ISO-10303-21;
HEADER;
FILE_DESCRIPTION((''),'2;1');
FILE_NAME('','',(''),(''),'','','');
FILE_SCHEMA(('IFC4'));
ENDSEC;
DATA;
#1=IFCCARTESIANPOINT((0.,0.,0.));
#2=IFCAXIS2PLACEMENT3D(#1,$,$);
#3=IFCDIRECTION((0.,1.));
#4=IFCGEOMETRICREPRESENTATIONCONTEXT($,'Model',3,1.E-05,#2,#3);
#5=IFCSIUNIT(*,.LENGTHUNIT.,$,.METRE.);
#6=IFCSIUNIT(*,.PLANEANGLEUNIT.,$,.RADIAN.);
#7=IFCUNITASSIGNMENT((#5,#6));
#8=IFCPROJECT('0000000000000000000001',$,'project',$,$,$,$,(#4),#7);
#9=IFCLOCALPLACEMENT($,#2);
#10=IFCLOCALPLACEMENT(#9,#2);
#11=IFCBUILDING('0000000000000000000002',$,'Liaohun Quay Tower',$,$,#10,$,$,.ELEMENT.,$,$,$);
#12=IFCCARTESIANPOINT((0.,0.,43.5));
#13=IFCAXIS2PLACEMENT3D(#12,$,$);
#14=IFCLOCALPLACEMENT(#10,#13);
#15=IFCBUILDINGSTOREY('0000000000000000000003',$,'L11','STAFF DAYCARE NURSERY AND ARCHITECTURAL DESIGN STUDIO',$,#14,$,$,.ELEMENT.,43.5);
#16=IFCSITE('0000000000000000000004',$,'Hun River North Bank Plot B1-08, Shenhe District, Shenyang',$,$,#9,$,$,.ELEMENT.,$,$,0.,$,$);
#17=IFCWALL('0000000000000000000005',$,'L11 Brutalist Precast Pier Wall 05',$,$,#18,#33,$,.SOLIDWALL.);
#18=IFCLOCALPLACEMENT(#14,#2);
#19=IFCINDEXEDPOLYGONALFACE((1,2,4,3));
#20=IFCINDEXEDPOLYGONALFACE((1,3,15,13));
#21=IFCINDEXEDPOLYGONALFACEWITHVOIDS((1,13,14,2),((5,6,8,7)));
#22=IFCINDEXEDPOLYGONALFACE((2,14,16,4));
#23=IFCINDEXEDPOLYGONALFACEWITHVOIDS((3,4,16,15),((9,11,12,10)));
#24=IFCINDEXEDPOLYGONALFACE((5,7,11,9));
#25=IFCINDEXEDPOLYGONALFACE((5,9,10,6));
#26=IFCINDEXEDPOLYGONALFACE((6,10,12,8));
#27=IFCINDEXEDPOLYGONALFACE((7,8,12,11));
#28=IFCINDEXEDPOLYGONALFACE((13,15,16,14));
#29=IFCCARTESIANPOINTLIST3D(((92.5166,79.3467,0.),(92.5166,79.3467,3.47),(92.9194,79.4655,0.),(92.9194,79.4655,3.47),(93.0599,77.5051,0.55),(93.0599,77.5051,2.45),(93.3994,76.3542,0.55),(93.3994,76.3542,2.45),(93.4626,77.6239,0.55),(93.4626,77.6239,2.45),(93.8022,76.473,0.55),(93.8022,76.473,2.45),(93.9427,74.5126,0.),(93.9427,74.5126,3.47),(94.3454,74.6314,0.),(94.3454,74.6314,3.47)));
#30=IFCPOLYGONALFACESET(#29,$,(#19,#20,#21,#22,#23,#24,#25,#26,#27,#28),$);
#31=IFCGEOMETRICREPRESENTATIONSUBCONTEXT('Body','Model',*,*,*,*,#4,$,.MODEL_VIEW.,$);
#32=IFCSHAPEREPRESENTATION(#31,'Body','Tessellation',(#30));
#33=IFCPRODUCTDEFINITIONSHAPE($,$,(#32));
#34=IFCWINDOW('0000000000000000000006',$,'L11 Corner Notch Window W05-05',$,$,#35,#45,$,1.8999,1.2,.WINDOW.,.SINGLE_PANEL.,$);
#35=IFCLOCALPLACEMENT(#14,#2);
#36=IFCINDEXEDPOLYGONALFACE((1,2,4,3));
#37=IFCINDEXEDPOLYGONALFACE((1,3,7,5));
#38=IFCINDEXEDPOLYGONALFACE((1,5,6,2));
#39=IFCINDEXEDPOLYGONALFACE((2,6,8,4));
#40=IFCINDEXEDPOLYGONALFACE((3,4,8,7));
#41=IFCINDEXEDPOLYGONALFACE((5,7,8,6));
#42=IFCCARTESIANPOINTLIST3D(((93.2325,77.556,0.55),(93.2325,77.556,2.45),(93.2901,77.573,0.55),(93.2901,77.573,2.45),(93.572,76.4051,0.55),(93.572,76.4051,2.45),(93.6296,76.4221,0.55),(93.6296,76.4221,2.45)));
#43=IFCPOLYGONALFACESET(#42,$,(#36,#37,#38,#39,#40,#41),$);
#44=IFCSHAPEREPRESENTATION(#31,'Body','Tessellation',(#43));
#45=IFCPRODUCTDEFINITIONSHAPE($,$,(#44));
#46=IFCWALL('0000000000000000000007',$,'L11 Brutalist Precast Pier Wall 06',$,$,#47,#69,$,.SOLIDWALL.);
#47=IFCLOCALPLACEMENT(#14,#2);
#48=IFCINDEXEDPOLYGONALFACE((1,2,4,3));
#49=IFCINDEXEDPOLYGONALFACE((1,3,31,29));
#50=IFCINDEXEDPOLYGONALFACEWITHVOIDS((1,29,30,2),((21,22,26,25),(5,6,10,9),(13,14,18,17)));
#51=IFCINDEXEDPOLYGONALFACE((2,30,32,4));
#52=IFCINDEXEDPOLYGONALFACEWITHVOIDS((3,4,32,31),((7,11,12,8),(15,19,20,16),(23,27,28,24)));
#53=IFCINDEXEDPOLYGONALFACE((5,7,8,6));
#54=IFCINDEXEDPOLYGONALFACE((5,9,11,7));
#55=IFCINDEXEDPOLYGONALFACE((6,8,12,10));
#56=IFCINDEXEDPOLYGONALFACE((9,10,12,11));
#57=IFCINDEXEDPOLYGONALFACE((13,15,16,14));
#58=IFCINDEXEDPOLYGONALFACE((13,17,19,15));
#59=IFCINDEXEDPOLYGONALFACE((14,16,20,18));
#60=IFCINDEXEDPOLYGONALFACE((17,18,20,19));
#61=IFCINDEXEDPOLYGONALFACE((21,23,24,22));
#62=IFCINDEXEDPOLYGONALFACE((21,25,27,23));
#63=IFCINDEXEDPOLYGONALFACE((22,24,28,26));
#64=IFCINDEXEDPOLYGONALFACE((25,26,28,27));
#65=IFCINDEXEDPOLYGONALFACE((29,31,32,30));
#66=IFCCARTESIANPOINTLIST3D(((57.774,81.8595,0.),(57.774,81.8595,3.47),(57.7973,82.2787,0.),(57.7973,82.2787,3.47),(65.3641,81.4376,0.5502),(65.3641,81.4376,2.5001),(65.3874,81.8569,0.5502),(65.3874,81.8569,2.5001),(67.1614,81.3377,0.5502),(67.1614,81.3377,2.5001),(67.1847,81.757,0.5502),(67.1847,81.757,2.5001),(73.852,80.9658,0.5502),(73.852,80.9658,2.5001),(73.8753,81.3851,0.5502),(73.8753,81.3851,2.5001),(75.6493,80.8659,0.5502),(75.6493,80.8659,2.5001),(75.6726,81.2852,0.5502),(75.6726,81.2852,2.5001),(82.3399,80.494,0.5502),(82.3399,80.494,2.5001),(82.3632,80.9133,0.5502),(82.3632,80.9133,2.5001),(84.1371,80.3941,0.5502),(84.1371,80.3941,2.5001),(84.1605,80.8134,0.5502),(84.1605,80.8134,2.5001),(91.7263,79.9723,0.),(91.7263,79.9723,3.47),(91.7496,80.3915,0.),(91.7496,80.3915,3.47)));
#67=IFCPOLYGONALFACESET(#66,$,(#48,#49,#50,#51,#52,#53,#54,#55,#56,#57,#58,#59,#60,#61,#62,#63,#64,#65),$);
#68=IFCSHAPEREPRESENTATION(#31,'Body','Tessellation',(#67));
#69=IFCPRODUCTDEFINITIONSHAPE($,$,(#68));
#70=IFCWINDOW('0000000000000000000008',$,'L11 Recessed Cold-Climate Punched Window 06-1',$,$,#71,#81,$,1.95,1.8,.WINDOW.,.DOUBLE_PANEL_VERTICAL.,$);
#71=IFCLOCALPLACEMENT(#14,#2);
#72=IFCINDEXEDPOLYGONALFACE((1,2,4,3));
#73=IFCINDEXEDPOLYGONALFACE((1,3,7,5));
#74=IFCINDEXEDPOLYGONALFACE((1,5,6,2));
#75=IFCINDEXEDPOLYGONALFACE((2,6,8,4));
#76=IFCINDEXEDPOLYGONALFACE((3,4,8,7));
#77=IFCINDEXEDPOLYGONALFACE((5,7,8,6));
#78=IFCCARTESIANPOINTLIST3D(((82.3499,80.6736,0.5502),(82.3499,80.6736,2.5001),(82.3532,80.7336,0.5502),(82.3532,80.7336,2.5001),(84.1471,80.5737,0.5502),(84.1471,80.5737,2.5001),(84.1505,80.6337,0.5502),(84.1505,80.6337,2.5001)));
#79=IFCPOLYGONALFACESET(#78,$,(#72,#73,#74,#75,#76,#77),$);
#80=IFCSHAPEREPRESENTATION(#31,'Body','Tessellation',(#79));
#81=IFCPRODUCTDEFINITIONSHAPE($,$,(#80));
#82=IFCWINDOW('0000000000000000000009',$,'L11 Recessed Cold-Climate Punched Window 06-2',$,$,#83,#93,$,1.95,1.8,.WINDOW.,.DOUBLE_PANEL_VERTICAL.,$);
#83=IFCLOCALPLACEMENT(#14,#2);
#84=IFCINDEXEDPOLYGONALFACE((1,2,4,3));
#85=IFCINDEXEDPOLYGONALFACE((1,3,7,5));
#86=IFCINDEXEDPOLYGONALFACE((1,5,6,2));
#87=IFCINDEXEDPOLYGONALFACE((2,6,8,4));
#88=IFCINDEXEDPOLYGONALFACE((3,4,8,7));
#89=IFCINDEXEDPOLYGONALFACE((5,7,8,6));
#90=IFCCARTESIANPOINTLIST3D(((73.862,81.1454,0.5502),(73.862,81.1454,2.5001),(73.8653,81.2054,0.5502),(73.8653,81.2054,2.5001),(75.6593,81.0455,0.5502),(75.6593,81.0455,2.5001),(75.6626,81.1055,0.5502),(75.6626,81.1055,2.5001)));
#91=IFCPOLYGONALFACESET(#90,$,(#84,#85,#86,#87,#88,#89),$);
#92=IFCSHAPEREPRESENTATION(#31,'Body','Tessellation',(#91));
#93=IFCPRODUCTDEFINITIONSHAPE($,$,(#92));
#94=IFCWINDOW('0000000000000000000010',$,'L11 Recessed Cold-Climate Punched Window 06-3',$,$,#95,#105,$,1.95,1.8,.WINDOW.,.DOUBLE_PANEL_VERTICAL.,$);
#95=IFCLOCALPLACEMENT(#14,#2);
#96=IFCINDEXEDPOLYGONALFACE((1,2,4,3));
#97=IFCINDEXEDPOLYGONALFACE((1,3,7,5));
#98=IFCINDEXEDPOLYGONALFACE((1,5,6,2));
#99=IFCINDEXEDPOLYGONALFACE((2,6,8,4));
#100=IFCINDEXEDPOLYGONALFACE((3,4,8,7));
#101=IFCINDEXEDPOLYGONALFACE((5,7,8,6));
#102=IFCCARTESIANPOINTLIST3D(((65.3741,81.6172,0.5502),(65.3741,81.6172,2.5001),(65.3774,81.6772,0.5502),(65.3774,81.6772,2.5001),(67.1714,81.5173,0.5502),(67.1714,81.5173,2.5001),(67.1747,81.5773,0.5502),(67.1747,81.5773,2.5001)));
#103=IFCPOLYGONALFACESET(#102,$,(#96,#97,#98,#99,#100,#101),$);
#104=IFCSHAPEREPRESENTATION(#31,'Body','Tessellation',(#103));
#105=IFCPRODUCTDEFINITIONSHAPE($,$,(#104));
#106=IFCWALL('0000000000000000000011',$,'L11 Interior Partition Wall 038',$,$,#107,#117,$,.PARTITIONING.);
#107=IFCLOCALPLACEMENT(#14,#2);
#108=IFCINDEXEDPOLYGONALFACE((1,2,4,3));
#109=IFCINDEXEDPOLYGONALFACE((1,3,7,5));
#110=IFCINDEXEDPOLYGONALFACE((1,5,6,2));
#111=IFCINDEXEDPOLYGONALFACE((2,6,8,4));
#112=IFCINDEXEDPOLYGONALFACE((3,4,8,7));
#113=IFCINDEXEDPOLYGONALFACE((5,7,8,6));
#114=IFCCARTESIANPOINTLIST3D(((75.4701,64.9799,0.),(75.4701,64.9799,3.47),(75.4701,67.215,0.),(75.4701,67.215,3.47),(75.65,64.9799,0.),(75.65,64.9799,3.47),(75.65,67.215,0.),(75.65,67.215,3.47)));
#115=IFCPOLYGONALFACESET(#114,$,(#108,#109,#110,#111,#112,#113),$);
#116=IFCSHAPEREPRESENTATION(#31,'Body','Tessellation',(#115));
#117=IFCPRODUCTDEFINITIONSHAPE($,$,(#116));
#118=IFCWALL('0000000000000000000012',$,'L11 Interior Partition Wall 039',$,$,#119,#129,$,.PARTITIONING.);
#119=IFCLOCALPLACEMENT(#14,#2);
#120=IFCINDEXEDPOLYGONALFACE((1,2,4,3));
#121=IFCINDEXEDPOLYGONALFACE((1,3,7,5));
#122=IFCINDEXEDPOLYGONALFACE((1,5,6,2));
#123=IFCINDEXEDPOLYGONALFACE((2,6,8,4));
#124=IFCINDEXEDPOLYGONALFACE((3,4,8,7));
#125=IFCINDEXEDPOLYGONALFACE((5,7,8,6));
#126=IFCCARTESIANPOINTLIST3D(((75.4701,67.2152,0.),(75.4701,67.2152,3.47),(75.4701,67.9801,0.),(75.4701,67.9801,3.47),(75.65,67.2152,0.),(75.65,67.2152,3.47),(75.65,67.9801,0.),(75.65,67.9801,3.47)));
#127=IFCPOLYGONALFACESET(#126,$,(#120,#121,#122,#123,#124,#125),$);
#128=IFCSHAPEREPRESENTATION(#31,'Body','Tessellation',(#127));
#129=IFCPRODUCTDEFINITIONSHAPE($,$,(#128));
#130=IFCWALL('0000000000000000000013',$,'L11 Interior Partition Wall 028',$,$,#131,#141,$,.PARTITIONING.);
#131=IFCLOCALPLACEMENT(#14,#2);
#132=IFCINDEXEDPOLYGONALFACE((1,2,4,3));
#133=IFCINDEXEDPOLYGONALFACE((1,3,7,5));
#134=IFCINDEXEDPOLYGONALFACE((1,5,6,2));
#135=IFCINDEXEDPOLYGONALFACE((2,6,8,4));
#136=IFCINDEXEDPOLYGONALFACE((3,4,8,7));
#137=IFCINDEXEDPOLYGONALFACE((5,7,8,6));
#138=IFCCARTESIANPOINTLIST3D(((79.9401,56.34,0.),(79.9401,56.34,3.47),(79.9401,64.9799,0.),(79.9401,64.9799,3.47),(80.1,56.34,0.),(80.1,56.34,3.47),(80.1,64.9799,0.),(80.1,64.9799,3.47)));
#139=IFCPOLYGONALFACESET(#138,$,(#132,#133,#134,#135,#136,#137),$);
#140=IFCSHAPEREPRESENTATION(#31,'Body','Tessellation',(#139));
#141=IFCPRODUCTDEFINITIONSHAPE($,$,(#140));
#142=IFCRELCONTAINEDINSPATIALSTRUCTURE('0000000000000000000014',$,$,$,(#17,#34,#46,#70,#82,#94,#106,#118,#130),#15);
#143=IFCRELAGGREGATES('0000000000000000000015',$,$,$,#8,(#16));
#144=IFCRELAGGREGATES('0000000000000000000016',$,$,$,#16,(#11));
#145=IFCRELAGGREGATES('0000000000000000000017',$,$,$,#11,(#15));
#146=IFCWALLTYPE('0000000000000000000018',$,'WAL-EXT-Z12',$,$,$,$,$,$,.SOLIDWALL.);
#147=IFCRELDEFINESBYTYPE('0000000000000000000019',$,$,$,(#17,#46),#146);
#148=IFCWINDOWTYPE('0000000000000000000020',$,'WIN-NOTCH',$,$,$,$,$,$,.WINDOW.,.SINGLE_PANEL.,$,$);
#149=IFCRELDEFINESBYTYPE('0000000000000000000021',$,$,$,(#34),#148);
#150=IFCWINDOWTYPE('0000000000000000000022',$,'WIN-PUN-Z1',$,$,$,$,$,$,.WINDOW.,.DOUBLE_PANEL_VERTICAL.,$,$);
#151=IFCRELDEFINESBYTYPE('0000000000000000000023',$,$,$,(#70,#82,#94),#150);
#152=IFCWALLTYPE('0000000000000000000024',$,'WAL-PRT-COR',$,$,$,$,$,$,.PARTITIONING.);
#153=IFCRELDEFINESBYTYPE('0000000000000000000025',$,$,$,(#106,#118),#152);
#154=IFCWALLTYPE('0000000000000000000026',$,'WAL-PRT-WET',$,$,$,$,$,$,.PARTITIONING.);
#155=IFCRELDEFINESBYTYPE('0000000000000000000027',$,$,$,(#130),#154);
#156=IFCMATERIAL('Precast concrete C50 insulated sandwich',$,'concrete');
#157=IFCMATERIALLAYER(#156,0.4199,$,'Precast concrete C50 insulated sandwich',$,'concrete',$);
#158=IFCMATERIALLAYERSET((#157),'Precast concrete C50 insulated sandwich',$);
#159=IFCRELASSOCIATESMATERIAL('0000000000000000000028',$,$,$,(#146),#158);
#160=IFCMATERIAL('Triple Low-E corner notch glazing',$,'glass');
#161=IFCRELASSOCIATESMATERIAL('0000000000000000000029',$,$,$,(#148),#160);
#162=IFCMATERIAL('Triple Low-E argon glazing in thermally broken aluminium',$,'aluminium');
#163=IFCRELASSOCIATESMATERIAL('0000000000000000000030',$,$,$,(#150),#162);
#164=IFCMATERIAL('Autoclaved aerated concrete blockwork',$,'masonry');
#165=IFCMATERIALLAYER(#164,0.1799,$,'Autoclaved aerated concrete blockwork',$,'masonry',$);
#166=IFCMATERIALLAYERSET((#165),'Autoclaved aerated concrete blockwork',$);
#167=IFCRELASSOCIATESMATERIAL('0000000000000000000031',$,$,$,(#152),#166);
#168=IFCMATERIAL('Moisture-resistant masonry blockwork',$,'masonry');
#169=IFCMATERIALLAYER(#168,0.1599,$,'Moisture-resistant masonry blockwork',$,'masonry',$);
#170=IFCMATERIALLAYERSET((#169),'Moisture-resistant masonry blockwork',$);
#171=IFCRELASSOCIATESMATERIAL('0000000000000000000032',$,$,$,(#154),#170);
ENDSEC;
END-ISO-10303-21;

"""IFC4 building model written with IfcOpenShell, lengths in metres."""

from ifc_helpers import new_model, si_unit, direction, frame, frame_2d, origin, place, context, subcontext, project, spatial, rectangle, extrude, source, transform, mapped, material, layer, layer_set, type_object, element, fill, save


model = new_model("IFC4")

# Units and contexts
model_context = context("Model", 3, precision=1e-05, world=origin(), true_north=direction((0.0, 1.0)))
body_context = subcontext(model_context, "Body", "Model", "MODEL_VIEW")
ifc_project = project(units=[si_unit("LENGTHUNIT", "METRE"), si_unit("PLANEANGLEUNIT", "RADIAN")], contexts=[model_context])

# Site, building, storey
site_placement = place(None, origin())
site = spatial("IfcSite", under=ifc_project, at=site_placement, Name="Hun River North Bank Plot B1-08, Shenhe District, Shenyang", CompositionType="ELEMENT", RefElevation=0.0)
building_placement = place(site_placement, origin())
building = spatial("IfcBuilding", under=site, at=building_placement, Name="Liaohun Quay Tower", CompositionType="ELEMENT")
storey_placement = place(building_placement, frame((0.0, 0.0, 43.5)))
storey = spatial("IfcBuildingStorey", under=building, at=storey_placement, Name="L11", Description="STAFF DAYCARE NURSERY AND ARCHITECTURAL DESIGN STUDIO", CompositionType="ELEMENT", Elevation=43.5)

# Wall, opening, window
ifc_material_1 = material(Name="Precast concrete C50 insulated sandwich", Category="concrete")
ifc_layer_1 = layer(ifc_material_1, 0.4199, Name="Precast concrete C50 insulated sandwich", Category="concrete")
ifc_layer_set_1 = layer_set([ifc_layer_1], Name="Precast concrete C50 insulated sandwich")
wall_type_1 = type_object("IfcWallType", Name="WAL-EXT-Z12", PredefinedType="SOLIDWALL", material=ifc_layer_set_1)
shared_shape_1 = source(origin(), body_context, "Body", "SweptSolid", [
    extrude(rectangle(XDim=1.2, YDim=1.8999, at=frame_2d((0.6001, 0.95))), frame((0.0, 0.22, 0.0), z_axis=(0.0, -1.0, 0.0), x_axis=(1.0, 0.0, 0.0)), (0.0, 0.0, 1.0), 0.4399),
])
ifc_material_2 = material(Name="Triple Low-E corner notch glazing", Category="glass")
window_type_1 = type_object("IfcWindowType", Name="WIN-NOTCH", PartitioningType="SINGLE_PANEL", PredefinedType="WINDOW", material=ifc_material_2)
shared_shape_2 = source(origin(), body_context, "Body", "SweptSolid", [
    extrude(rectangle(XDim=1.2, YDim=1.8999, at=frame_2d((0.6001, 0.95))), frame((0.0, 0.03, 0.0), z_axis=(0.0, -1.0, 0.0), x_axis=(1.0, 0.0, 0.0)), (0.0, 0.0, 1.0), 0.0601),
])
wall_1_placement = place(storey_placement, frame((94.144, 74.572, 0.0), z_axis=(0.0, 0.0, 1.0), x_axis=(-0.282945, 0.959136, 0.0)))
wall_1 = element("IfcWall", 1, at=wall_1_placement, inside=storey, type_object=wall_type_1, Name="L11 Brutalist Precast Pier Wall 05", PredefinedType="SOLIDWALL", context=body_context, shape_type="SweptSolid", body=[
    extrude(rectangle(XDim=5.04, YDim=0.4199, at=frame_2d((2.52, 0.0))), origin(), (0.0, 0.0, 1.0), 3.47),
])
opening_1_placement = place(wall_1_placement, frame((1.9199, 0.0, 0.55)))
opening_1 = element("IfcOpeningElement", 2, at=opening_1_placement, cuts=wall_1, PredefinedType="OPENING", context=body_context, shape_type="MappedRepresentation", body=[
    mapped(shared_shape_1, transform((0.0, 0.0, 0.0), x_axis=(1.0, 0.0, 0.0), y_axis=(0.0, 1.0, 0.0), z_axis=(0.0, 0.0, 1.0), scale=1.0)),
])
window_1_placement = place(opening_1_placement, origin())
window_1 = element("IfcWindow", 3, at=window_1_placement, inside=storey, type_object=window_type_1, Name="L11 Corner Notch Window W05-05", OverallHeight=1.8999, OverallWidth=1.2, PartitioningType="SINGLE_PANEL", PredefinedType="WINDOW", context=body_context, shape_type="MappedRepresentation", body=[
    mapped(shared_shape_2, transform((0.0, 0.0, 0.0), x_axis=(1.0, 0.0, 0.0), y_axis=(0.0, 1.0, 0.0), z_axis=(0.0, 0.0, 1.0), scale=1.0)),
])
fill(opening_1, window_1)

# Wall, openings, windows
wall_2_placement = place(storey_placement, frame((91.738, 80.1819, 0.0), z_axis=(0.0, 0.0, 1.0), x_axis=(-0.998459, 0.055499, 0.0)))
wall_2 = element("IfcWall", 4, at=wall_2_placement, inside=storey, type_object=wall_type_1, Name="L11 Brutalist Precast Pier Wall 06", PredefinedType="SOLIDWALL", context=body_context, shape_type="SweptSolid", body=[
    extrude(rectangle(XDim=34.0046, YDim=0.4199, at=frame_2d((17.0024, 0.0))), origin(), (0.0, 0.0, 1.0), 3.47),
])
shared_shape_3 = source(origin(), body_context, "Body", "SweptSolid", [
    extrude(rectangle(XDim=1.8, YDim=1.95, at=frame_2d((0.8999, 0.9751))), frame((0.0, 0.22, 0.0), z_axis=(0.0, -1.0, 0.0), x_axis=(1.0, 0.0, 0.0)), (0.0, 0.0, 1.0), 0.4399),
])
opening_2_placement = place(wall_2_placement, frame((7.6011, 0.0, 0.55)))
opening_2 = element("IfcOpeningElement", 5, at=opening_2_placement, cuts=wall_2, PredefinedType="OPENING", context=body_context, shape_type="MappedRepresentation", body=[
    mapped(shared_shape_3, transform((0.0, 0.0, 0.0), x_axis=(1.0, 0.0, 0.0), y_axis=(0.0, 1.0, 0.0), z_axis=(0.0, 0.0, 1.0), scale=1.0)),
])
opening_3_placement = place(wall_2_placement, frame((16.1021, 0.0, 0.55)))
opening_3 = element("IfcOpeningElement", 6, at=opening_3_placement, cuts=wall_2, PredefinedType="OPENING", context=body_context, shape_type="MappedRepresentation", body=[
    mapped(shared_shape_3, transform((0.0, 0.0, 0.0), x_axis=(1.0, 0.0, 0.0), y_axis=(0.0, 1.0, 0.0), z_axis=(0.0, 0.0, 1.0), scale=1.0)),
])
opening_4_placement = place(wall_2_placement, frame((24.603, 0.0, 0.55)))
opening_4 = element("IfcOpeningElement", 7, at=opening_4_placement, cuts=wall_2, PredefinedType="OPENING", context=body_context, shape_type="MappedRepresentation", body=[
    mapped(shared_shape_3, transform((0.0, 0.0, 0.0), x_axis=(1.0, 0.0, 0.0), y_axis=(0.0, 1.0, 0.0), z_axis=(0.0, 0.0, 1.0), scale=1.0)),
])
ifc_material_3 = material(Name="Triple Low-E argon glazing in thermally broken aluminium", Category="aluminium")
window_type_2 = type_object("IfcWindowType", Name="WIN-PUN-Z1", PartitioningType="DOUBLE_PANEL_VERTICAL", PredefinedType="WINDOW", material=ifc_material_3)
shared_shape_4 = source(origin(), body_context, "Body", "SweptSolid", [
    extrude(rectangle(XDim=1.8, YDim=1.95, at=frame_2d((0.8999, 0.9751))), frame((0.0, 0.03, 0.0), z_axis=(0.0, -1.0, 0.0), x_axis=(1.0, 0.0, 0.0)), (0.0, 0.0, 1.0), 0.0601),
])
window_2_placement = place(opening_2_placement, origin())
window_2 = element("IfcWindow", 8, at=window_2_placement, inside=storey, type_object=window_type_2, Name="L11 Recessed Cold-Climate Punched Window 06-1", OverallHeight=1.95, OverallWidth=1.8, PartitioningType="DOUBLE_PANEL_VERTICAL", PredefinedType="WINDOW", context=body_context, shape_type="MappedRepresentation", body=[
    mapped(shared_shape_4, transform((0.0, 0.0, 0.0), x_axis=(1.0, 0.0, 0.0), y_axis=(0.0, 1.0, 0.0), z_axis=(0.0, 0.0, 1.0), scale=1.0)),
])
fill(opening_2, window_2)
window_3_placement = place(opening_3_placement, origin())
window_3 = element("IfcWindow", 9, at=window_3_placement, inside=storey, type_object=window_type_2, Name="L11 Recessed Cold-Climate Punched Window 06-2", OverallHeight=1.95, OverallWidth=1.8, PartitioningType="DOUBLE_PANEL_VERTICAL", PredefinedType="WINDOW", context=body_context, shape_type="MappedRepresentation", body=[
    mapped(shared_shape_4, transform((0.0, 0.0, 0.0), x_axis=(1.0, 0.0, 0.0), y_axis=(0.0, 1.0, 0.0), z_axis=(0.0, 0.0, 1.0), scale=1.0)),
])
fill(opening_3, window_3)
window_4_placement = place(opening_4_placement, origin())
window_4 = element("IfcWindow", 10, at=window_4_placement, inside=storey, type_object=window_type_2, Name="L11 Recessed Cold-Climate Punched Window 06-3", OverallHeight=1.95, OverallWidth=1.8, PartitioningType="DOUBLE_PANEL_VERTICAL", PredefinedType="WINDOW", context=body_context, shape_type="MappedRepresentation", body=[
    mapped(shared_shape_4, transform((0.0, 0.0, 0.0), x_axis=(1.0, 0.0, 0.0), y_axis=(0.0, 1.0, 0.0), z_axis=(0.0, 0.0, 1.0), scale=1.0)),
])
fill(opening_4, window_4)

# Walls
ifc_material_4 = material(Name="Autoclaved aerated concrete blockwork", Category="masonry")
ifc_layer_2 = layer(ifc_material_4, 0.1799, Name="Autoclaved aerated concrete blockwork", Category="masonry")
ifc_layer_set_2 = layer_set([ifc_layer_2], Name="Autoclaved aerated concrete blockwork")
wall_type_2 = type_object("IfcWallType", Name="WAL-PRT-COR", PredefinedType="PARTITIONING", material=ifc_layer_set_2)
wall_3_placement = place(storey_placement, frame((75.5601, 67.2151, 0.0), z_axis=(0.0, 0.0, 1.0), x_axis=(0.0, -1.0, 0.0)))
element("IfcWall", 11, at=wall_3_placement, inside=storey, type_object=wall_type_2, Name="L11 Interior Partition Wall 038", PredefinedType="PARTITIONING", context=body_context, shape_type="SweptSolid", body=[
    extrude(rectangle(XDim=2.2351, YDim=0.1799, at=frame_2d((1.1177, 0.0))), origin(), (0.0, 0.0, 1.0), 3.47),
])
wall_4_placement = place(storey_placement, frame((75.5601, 67.98, 0.0), z_axis=(0.0, 0.0, 1.0), x_axis=(0.0, -1.0, 0.0)))
element("IfcWall", 12, at=wall_4_placement, inside=storey, type_object=wall_type_2, Name="L11 Interior Partition Wall 039", PredefinedType="PARTITIONING", context=body_context, shape_type="SweptSolid", body=[
    extrude(rectangle(XDim=0.7649, YDim=0.1799, at=frame_2d((0.3823, 0.0))), origin(), (0.0, 0.0, 1.0), 3.47),
])
ifc_material_5 = material(Name="Moisture-resistant masonry blockwork", Category="masonry")
ifc_layer_3 = layer(ifc_material_5, 0.1599, Name="Moisture-resistant masonry blockwork", Category="masonry")
ifc_layer_set_3 = layer_set([ifc_layer_3], Name="Moisture-resistant masonry blockwork")
wall_type_3 = type_object("IfcWallType", Name="WAL-PRT-WET", PredefinedType="PARTITIONING", material=ifc_layer_set_3)
wall_5_placement = place(storey_placement, frame((80.02, 56.3401, 0.0), z_axis=(0.0, 0.0, 1.0), x_axis=(0.0, 1.0, 0.0)))
element("IfcWall", 13, at=wall_5_placement, inside=storey, type_object=wall_type_3, Name="L11 Interior Partition Wall 028", PredefinedType="PARTITIONING", context=body_context, shape_type="SweptSolid", body=[
    extrude(rectangle(XDim=8.6399, YDim=0.1599, at=frame_2d((4.3198, 0.0))), origin(), (0.0, 0.0, 1.0), 3.47),
])

save(model, "model.ifc")
